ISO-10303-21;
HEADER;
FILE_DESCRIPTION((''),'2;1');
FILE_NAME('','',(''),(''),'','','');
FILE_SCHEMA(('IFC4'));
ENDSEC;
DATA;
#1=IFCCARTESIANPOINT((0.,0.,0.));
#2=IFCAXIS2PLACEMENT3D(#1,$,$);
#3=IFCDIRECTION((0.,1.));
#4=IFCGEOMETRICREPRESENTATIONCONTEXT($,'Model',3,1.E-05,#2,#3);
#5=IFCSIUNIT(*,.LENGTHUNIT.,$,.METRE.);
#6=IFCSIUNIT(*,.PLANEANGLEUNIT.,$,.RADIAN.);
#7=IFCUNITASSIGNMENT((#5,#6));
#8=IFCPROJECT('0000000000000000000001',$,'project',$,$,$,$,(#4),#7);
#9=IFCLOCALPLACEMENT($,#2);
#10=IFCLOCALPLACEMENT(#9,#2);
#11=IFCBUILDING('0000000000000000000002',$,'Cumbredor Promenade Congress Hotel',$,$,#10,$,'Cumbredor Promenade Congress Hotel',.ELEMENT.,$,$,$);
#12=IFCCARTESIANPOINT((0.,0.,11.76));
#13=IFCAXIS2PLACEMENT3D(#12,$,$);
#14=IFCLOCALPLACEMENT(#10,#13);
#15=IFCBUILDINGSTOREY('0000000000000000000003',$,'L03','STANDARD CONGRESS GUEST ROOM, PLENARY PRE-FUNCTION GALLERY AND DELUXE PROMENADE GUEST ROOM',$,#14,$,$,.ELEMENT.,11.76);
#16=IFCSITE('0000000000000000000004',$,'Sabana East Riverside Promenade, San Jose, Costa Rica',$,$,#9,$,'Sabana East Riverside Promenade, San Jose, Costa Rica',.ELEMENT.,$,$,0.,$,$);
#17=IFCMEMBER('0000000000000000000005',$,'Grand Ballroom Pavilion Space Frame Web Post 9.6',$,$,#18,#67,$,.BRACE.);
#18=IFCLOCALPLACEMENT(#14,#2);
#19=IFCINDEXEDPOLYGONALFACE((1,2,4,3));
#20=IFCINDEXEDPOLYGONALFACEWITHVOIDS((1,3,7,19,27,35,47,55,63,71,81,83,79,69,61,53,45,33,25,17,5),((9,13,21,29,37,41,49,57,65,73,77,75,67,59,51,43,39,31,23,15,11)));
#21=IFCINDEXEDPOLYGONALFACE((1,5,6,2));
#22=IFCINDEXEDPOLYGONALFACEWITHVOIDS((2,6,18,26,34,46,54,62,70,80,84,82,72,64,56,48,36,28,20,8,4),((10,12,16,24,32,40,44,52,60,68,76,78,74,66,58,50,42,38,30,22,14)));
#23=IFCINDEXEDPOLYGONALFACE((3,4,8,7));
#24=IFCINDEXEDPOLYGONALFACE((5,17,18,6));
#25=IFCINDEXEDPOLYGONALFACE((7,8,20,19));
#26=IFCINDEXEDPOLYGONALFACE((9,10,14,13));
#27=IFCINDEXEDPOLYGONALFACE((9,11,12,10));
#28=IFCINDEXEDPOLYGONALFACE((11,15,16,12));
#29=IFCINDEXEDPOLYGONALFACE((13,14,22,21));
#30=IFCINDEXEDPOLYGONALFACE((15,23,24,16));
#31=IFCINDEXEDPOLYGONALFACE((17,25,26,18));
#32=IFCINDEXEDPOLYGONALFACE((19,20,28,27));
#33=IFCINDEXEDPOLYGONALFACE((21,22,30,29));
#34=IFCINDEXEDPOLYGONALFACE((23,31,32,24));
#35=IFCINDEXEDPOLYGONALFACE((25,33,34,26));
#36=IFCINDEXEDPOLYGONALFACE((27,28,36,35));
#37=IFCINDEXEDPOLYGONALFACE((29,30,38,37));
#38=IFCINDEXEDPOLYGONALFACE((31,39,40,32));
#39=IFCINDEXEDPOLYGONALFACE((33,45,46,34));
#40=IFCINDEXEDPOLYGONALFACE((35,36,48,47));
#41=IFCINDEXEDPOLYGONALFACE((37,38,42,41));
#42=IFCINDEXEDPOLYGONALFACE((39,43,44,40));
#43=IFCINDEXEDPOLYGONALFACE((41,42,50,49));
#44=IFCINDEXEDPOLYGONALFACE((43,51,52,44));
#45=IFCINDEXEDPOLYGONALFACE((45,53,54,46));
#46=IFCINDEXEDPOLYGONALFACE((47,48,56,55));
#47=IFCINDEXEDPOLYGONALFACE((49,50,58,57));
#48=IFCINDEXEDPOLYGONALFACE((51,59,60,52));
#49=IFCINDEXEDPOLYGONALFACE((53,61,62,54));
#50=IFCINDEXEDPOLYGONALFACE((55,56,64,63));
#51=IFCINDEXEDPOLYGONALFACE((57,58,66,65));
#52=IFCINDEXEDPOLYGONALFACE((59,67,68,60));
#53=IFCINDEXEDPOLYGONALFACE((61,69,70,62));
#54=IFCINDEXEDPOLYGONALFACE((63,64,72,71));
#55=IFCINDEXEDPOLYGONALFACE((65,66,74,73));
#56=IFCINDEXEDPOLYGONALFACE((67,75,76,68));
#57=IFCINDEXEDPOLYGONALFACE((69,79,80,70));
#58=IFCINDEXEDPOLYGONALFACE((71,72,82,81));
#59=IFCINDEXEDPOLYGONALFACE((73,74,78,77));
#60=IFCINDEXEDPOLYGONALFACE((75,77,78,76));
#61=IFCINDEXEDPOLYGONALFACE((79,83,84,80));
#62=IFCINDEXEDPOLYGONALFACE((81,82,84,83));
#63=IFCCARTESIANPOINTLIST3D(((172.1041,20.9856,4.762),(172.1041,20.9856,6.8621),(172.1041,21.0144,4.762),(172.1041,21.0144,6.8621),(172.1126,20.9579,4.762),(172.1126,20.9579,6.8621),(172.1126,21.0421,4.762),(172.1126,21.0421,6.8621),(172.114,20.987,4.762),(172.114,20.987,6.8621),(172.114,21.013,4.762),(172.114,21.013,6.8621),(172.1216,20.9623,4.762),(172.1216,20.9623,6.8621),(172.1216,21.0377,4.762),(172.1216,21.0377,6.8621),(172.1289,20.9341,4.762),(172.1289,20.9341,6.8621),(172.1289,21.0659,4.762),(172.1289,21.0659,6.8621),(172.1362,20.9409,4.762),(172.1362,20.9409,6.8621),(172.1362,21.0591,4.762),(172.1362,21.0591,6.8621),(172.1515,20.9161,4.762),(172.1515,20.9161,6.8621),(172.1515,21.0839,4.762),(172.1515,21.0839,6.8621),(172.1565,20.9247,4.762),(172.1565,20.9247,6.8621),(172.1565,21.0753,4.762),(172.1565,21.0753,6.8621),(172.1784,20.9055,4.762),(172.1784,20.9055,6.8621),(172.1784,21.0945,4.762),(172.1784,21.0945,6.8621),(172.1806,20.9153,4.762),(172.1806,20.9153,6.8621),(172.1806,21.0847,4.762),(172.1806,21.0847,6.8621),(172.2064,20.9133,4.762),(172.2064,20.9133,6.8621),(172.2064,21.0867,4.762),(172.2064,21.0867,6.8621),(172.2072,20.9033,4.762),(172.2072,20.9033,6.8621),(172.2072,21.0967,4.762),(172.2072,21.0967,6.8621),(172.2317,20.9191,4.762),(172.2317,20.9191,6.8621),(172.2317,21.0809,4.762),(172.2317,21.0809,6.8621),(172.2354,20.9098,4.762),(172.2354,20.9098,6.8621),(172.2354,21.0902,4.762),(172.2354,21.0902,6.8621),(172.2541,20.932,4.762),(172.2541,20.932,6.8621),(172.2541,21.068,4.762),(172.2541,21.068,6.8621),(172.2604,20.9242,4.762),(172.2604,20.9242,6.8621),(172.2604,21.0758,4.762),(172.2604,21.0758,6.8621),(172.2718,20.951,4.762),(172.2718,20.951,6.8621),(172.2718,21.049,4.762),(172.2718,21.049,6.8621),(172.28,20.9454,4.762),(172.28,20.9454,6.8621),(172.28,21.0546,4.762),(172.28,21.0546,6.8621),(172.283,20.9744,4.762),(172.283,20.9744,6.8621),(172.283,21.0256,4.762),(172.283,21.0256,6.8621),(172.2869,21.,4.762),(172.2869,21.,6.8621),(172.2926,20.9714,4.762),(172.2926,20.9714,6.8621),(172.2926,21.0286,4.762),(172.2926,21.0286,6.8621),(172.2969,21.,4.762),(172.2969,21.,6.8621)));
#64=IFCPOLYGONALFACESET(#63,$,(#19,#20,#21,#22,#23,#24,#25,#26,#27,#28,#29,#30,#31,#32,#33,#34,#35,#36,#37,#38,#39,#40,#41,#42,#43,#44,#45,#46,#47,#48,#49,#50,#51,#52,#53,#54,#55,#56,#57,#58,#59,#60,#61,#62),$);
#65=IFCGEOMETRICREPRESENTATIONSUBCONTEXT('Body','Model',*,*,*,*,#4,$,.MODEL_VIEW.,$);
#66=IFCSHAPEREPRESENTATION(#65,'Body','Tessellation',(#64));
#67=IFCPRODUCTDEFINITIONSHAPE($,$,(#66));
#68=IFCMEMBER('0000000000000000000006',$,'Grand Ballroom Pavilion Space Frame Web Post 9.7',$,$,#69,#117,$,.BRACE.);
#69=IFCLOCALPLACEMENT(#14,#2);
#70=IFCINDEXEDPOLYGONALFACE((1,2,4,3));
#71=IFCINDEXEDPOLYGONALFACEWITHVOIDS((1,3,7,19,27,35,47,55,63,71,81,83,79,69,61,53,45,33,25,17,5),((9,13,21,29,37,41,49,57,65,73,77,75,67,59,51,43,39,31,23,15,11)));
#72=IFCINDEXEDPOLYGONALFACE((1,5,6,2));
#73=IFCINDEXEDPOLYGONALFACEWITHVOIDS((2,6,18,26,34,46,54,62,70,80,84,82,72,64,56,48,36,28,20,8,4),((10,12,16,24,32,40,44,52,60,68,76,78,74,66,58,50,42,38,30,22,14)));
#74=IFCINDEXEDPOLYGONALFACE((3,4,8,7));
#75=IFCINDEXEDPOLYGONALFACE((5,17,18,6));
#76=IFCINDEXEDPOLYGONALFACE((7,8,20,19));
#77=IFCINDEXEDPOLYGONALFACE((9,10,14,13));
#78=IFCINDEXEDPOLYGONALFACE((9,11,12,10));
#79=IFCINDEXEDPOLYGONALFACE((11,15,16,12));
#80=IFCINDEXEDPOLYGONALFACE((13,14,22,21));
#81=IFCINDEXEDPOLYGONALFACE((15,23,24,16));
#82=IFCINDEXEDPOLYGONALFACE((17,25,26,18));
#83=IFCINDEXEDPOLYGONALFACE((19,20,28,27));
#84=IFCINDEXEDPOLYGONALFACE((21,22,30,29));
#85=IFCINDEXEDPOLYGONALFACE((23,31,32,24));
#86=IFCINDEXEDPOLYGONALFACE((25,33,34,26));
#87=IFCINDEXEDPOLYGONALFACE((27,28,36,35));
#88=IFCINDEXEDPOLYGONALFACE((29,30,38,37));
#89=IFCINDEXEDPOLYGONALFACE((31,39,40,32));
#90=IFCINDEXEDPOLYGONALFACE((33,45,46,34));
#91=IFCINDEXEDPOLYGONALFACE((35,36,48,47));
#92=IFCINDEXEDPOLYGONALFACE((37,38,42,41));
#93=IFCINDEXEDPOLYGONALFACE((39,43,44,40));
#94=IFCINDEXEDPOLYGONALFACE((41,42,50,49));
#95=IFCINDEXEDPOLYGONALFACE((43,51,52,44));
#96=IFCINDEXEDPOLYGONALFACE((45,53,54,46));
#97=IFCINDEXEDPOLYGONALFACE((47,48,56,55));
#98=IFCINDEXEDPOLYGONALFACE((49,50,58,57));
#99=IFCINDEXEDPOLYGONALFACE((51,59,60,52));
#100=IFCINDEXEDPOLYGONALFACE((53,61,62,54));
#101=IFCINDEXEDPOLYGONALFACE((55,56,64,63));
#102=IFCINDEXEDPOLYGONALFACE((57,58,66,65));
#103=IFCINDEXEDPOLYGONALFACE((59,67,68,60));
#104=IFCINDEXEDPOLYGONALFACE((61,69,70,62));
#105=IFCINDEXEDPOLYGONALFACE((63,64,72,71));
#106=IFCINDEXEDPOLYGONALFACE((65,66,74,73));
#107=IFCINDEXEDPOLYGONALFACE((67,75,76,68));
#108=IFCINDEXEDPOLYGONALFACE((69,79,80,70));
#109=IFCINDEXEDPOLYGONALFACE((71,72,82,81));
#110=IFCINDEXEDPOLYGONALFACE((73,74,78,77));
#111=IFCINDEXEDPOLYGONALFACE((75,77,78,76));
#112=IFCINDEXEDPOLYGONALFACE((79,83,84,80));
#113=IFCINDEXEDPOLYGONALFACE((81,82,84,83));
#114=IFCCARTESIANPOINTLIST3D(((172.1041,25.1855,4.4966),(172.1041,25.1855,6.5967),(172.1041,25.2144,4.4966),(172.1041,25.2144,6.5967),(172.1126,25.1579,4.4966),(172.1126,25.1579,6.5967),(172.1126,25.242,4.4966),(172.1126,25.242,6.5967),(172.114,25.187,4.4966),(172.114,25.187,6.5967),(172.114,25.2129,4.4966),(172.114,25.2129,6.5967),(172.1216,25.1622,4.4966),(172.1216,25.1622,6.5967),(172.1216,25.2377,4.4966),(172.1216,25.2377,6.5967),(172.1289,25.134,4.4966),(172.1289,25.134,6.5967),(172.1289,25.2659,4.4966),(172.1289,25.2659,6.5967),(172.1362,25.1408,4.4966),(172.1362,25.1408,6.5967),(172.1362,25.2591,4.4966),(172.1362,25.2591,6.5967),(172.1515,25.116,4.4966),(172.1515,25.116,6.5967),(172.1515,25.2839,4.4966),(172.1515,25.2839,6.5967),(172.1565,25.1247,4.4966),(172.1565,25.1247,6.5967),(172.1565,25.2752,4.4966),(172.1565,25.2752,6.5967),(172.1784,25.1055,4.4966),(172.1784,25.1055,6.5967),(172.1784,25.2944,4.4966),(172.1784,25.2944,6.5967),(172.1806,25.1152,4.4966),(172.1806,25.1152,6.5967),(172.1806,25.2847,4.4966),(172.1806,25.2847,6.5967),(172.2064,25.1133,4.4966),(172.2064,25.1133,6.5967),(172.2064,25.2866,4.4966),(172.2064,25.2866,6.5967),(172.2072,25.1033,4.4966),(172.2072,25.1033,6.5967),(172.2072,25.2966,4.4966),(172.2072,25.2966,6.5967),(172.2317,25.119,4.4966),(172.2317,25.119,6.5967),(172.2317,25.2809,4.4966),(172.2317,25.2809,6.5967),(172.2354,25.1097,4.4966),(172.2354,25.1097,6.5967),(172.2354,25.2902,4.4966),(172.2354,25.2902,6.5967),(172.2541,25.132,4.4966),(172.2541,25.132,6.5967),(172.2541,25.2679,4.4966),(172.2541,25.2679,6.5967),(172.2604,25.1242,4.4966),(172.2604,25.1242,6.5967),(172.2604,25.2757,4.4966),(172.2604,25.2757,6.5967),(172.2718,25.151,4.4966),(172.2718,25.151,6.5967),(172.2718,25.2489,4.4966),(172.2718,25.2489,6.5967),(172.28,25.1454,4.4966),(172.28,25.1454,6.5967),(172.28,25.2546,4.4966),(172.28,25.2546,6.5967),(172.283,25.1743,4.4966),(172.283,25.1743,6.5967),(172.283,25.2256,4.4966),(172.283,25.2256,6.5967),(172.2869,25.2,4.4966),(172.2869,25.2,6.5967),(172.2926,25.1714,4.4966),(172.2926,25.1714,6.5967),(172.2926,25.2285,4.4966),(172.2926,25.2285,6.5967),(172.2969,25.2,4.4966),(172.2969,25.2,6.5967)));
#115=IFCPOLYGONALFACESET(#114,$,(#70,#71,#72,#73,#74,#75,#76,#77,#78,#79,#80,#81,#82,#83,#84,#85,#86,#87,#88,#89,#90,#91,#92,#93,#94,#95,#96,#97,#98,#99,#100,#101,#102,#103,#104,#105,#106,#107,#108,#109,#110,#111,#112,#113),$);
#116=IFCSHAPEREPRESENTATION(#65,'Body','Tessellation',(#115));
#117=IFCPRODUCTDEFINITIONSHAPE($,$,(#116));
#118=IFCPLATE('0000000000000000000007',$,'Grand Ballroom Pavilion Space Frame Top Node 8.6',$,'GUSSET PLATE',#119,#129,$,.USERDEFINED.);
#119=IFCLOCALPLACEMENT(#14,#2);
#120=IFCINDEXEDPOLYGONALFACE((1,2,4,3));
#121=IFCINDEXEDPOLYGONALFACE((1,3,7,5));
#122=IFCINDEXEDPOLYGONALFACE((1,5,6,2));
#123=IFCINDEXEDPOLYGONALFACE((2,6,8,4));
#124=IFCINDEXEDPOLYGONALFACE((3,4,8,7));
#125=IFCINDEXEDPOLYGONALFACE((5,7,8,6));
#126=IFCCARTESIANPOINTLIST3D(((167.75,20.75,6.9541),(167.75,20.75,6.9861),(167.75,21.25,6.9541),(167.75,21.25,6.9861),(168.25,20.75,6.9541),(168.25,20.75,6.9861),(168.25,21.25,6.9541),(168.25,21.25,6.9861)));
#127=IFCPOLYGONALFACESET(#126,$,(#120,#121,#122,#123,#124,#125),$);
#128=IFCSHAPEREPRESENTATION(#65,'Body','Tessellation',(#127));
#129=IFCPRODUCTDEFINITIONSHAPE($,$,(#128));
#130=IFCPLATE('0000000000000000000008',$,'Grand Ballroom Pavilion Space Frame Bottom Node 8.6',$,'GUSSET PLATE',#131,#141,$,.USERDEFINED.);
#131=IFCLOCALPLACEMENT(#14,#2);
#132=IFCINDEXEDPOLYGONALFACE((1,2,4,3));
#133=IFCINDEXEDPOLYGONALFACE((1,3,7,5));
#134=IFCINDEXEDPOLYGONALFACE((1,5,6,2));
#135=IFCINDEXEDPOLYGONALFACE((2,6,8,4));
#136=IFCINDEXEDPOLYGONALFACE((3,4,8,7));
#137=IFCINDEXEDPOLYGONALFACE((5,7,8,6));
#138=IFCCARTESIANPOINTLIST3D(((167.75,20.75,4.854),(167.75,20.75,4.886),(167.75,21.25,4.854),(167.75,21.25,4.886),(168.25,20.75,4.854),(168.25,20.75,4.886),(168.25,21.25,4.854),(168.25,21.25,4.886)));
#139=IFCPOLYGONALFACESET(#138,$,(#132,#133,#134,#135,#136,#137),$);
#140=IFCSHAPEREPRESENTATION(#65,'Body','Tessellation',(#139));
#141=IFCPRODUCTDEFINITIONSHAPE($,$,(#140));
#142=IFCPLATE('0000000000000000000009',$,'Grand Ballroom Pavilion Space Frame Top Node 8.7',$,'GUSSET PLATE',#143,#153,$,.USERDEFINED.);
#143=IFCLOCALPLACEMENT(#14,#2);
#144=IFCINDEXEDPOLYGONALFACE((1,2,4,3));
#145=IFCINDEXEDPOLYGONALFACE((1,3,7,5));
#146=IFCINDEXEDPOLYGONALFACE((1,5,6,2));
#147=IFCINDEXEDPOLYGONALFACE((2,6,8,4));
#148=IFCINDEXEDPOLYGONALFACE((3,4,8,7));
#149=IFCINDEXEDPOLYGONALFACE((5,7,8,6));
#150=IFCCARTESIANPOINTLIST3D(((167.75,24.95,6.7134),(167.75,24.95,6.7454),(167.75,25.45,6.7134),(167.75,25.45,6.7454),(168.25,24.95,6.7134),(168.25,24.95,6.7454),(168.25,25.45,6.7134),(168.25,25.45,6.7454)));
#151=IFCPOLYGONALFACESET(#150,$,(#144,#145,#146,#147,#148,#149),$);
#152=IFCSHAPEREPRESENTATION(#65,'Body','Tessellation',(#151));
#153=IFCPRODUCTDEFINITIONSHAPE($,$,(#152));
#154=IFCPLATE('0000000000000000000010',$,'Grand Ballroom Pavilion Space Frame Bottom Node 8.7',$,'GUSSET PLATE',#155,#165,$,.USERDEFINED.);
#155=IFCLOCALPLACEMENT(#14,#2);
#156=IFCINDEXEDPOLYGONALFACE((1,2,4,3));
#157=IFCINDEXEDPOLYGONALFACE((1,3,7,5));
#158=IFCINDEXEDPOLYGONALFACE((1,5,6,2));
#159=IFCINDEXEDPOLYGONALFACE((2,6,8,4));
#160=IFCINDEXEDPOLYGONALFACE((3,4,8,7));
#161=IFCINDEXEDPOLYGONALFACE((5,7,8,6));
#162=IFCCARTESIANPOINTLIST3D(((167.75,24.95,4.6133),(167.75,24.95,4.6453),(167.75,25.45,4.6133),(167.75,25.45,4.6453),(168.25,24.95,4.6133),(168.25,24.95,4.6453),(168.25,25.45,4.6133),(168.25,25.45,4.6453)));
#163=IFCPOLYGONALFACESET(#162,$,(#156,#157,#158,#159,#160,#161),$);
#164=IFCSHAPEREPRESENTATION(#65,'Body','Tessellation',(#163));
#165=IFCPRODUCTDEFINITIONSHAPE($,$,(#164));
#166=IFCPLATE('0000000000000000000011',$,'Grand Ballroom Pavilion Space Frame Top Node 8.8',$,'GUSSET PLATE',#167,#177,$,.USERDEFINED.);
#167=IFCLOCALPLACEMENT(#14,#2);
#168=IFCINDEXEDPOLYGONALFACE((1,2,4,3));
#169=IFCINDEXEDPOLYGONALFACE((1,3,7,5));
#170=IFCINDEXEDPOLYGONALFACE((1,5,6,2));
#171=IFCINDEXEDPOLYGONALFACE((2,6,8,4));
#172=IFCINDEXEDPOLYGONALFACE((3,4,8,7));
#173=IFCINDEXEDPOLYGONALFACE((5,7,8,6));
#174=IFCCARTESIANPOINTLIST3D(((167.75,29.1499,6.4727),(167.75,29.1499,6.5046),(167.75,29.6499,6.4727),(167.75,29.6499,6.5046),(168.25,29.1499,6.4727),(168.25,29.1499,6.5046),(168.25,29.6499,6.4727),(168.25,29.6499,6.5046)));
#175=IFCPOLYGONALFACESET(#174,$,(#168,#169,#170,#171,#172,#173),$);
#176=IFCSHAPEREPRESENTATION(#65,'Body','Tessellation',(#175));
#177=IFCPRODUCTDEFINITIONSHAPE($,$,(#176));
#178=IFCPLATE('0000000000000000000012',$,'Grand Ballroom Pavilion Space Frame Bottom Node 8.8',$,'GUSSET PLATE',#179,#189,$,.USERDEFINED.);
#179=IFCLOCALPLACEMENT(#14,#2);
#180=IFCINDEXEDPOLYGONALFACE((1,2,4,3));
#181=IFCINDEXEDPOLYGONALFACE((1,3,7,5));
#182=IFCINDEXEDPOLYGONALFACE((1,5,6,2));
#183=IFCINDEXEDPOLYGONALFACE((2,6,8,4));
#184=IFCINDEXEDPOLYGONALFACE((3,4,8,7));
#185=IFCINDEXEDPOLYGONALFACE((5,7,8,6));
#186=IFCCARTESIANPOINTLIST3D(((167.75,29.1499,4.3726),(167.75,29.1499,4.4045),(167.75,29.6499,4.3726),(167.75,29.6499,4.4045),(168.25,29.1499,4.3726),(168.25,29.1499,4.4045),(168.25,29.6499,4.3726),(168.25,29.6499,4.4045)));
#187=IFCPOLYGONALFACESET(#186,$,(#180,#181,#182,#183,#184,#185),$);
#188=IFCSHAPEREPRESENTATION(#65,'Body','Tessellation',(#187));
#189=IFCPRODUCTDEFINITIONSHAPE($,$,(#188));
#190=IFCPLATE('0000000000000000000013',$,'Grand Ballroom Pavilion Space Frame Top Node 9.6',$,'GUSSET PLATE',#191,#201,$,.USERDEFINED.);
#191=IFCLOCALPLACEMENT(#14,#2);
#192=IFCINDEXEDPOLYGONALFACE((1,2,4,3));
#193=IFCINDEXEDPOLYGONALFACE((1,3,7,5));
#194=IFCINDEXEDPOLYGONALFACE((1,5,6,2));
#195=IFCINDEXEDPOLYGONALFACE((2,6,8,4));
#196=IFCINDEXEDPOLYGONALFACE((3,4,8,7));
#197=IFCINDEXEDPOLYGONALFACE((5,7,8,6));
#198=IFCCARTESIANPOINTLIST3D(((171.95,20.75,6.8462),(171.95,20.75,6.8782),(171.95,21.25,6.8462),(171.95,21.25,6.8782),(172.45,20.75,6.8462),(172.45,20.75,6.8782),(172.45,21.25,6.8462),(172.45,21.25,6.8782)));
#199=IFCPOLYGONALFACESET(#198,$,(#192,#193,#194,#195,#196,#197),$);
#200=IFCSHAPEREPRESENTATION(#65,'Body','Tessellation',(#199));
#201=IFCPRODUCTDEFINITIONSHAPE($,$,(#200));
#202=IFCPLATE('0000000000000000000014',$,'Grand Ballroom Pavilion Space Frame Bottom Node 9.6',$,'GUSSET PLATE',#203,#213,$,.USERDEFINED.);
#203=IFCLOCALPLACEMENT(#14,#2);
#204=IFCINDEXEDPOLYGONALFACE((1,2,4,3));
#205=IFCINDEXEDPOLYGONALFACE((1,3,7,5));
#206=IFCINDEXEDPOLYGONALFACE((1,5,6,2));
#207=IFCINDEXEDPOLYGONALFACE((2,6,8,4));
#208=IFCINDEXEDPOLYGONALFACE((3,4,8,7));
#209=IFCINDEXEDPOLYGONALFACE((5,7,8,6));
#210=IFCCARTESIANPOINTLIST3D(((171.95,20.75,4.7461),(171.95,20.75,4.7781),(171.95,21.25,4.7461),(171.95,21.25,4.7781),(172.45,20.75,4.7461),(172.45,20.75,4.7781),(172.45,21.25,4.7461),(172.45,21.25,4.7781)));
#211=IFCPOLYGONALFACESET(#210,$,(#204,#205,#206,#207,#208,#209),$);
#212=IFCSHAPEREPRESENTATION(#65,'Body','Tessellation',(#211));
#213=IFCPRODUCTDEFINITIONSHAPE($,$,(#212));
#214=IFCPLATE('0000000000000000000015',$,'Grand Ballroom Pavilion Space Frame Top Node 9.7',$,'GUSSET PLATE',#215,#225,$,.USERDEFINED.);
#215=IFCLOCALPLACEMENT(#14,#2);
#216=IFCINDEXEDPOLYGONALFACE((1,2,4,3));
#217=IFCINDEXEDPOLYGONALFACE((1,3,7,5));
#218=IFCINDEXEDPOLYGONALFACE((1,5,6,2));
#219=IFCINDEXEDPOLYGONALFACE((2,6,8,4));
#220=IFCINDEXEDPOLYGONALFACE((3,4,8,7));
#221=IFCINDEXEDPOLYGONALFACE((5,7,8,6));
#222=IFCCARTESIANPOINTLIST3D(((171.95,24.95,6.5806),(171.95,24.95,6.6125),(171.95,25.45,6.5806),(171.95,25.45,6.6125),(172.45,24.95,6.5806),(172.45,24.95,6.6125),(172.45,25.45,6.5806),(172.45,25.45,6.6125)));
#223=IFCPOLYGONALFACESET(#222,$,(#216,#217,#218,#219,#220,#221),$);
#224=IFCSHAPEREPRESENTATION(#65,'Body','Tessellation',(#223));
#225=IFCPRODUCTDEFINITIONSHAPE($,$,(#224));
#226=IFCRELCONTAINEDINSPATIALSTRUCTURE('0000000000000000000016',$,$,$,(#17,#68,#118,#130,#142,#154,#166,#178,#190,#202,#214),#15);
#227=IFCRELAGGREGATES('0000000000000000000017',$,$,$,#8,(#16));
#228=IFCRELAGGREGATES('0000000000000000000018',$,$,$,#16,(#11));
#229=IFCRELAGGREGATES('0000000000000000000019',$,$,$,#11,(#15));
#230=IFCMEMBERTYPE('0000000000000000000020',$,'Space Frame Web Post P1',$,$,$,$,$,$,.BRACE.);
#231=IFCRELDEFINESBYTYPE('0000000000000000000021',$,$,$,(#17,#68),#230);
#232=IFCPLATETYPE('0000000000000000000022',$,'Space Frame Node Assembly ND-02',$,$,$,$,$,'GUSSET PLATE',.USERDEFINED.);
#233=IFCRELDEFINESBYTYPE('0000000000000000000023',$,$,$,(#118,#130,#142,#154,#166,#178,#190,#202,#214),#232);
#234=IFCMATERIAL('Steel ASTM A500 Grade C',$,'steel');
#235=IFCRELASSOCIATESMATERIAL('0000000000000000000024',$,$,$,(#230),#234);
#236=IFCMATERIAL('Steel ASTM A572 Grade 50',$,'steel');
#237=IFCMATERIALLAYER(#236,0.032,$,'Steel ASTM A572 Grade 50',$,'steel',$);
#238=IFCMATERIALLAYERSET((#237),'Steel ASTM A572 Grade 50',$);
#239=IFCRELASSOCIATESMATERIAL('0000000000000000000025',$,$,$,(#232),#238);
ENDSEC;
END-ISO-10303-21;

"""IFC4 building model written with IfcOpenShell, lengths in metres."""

from ifc_helpers import new_model, si_unit, direction, frame, origin, origin_2d, place, context, subcontext, project, spatial, rectangle, hollow_circle, extrude, material, layer, layer_set, material_profile, profile_set, type_object, element, save


model = new_model("IFC4")

# Units and contexts
model_context = context("Model", 3, precision=1e-05, world=origin(), true_north=direction((0.0, 1.0)))
body_context = subcontext(model_context, "Body", "Model", "MODEL_VIEW")
ifc_project = project(units=[si_unit("LENGTHUNIT", "METRE"), si_unit("PLANEANGLEUNIT", "RADIAN")], contexts=[model_context])

# Site, building, storey
site_placement = place(None, origin())
site = spatial("IfcSite", under=ifc_project, at=site_placement, Name="Sabana East Riverside Promenade, San Jose, Costa Rica", LongName="Sabana East Riverside Promenade, San Jose, Costa Rica", CompositionType="ELEMENT", RefElevation=0.0)
building_placement = place(site_placement, origin())
building = spatial("IfcBuilding", under=site, at=building_placement, Name="Cumbredor Promenade Congress Hotel", LongName="Cumbredor Promenade Congress Hotel", CompositionType="ELEMENT")
storey_placement = place(building_placement, frame((0.0, 0.0, 11.76)))
storey = spatial("IfcBuildingStorey", under=building, at=storey_placement, Name="L03", Description="STANDARD CONGRESS GUEST ROOM, PLENARY PRE-FUNCTION GALLERY AND DELUXE PROMENADE GUEST ROOM", CompositionType="ELEMENT", Elevation=11.76)

# Members
ifc_material_1 = material(Name="Steel ASTM A500 Grade C", Category="steel")
ifc_material_profile_1 = material_profile(ifc_material_1, hollow_circle(Radius=0.0969, WallThickness=0.01, at=origin_2d()), Name="CHS 193.7x10")
ifc_profile_set_1 = profile_set([ifc_material_profile_1], Name="Steel ASTM A500 Grade C")
member_type_1 = type_object("IfcMemberType", Name="Space Frame Web Post P1", PredefinedType="BRACE", material=ifc_profile_set_1)
for number, where, z_axis, x_axis, name in (
    (1, (172.2, 21.0, 4.762), (0.0, 0.0, 1.0), (1.0, 0.0, 0.0), "Grand Ballroom Pavilion Space Frame Web Post 9.6"),
    (2, (172.2, 25.2, 4.4966), (0.0, 0.0, 1.0), (1.0, 0.0, 0.0), "Grand Ballroom Pavilion Space Frame Web Post 9.7"),
):
    element("IfcMember", number, at=place(storey_placement, frame(where, z_axis=z_axis, x_axis=x_axis)), inside=storey, type_object=member_type_1, Name=name, PredefinedType="BRACE", context=body_context, shape_type="SweptSolid", body=[
        extrude(hollow_circle(Radius=0.0969, WallThickness=0.01, at=origin_2d()), origin(), (0.0, 0.0, 1.0), 2.1001),
    ])

# Plates
ifc_material_2 = material(Name="Steel ASTM A572 Grade 50", Category="steel")
ifc_layer = layer(ifc_material_2, 0.032, Name="Steel ASTM A572 Grade 50", Category="steel")
ifc_layer_set = layer_set([ifc_layer], Name="Steel ASTM A572 Grade 50")
plate_type = type_object("IfcPlateType", Name="Space Frame Node Assembly ND-02", ElementType="GUSSET PLATE", PredefinedType="USERDEFINED", material=ifc_layer_set)
for number, where, z_axis, x_axis, name in (
    (3, (168.0, 21.0, 6.9541), (0.0, 0.0, 1.0), (1.0, 0.0, 0.0), "Grand Ballroom Pavilion Space Frame Top Node 8.6"),
    (4, (168.0, 21.0, 4.854), (0.0, 0.0, 1.0), (1.0, 0.0, 0.0), "Grand Ballroom Pavilion Space Frame Bottom Node 8.6"),
    (5, (168.0, 25.2, 6.7134), (0.0, 0.0, 1.0), (1.0, 0.0, 0.0), "Grand Ballroom Pavilion Space Frame Top Node 8.7"),
    (6, (168.0, 25.2, 4.6133), (0.0, 0.0, 1.0), (1.0, 0.0, 0.0), "Grand Ballroom Pavilion Space Frame Bottom Node 8.7"),
    (7, (168.0, 29.3999, 6.4727), (0.0, 0.0, 1.0), (1.0, 0.0, 0.0), "Grand Ballroom Pavilion Space Frame Top Node 8.8"),
    (8, (168.0, 29.3999, 4.3726), (0.0, 0.0, 1.0), (1.0, 0.0, 0.0), "Grand Ballroom Pavilion Space Frame Bottom Node 8.8"),
    (9, (172.2, 21.0, 6.8462), (0.0, 0.0, 1.0), (1.0, 0.0, 0.0), "Grand Ballroom Pavilion Space Frame Top Node 9.6"),
    (10, (172.2, 21.0, 4.7461), (0.0, 0.0, 1.0), (1.0, 0.0, 0.0), "Grand Ballroom Pavilion Space Frame Bottom Node 9.6"),
    (11, (172.2, 25.2, 6.5806), (0.0, 0.0, 1.0), (1.0, 0.0, 0.0), "Grand Ballroom Pavilion Space Frame Top Node 9.7"),
):
    element("IfcPlate", number, at=place(storey_placement, frame(where, z_axis=z_axis, x_axis=x_axis)), inside=storey, type_object=plate_type, Name=name, ObjectType="GUSSET PLATE", PredefinedType="USERDEFINED", context=body_context, shape_type="SweptSolid", body=[
        extrude(rectangle(XDim=0.5, YDim=0.5, at=origin_2d()), origin(), (0.0, 0.0, 1.0), 0.032),
    ])

save(model, "model.ifc")
